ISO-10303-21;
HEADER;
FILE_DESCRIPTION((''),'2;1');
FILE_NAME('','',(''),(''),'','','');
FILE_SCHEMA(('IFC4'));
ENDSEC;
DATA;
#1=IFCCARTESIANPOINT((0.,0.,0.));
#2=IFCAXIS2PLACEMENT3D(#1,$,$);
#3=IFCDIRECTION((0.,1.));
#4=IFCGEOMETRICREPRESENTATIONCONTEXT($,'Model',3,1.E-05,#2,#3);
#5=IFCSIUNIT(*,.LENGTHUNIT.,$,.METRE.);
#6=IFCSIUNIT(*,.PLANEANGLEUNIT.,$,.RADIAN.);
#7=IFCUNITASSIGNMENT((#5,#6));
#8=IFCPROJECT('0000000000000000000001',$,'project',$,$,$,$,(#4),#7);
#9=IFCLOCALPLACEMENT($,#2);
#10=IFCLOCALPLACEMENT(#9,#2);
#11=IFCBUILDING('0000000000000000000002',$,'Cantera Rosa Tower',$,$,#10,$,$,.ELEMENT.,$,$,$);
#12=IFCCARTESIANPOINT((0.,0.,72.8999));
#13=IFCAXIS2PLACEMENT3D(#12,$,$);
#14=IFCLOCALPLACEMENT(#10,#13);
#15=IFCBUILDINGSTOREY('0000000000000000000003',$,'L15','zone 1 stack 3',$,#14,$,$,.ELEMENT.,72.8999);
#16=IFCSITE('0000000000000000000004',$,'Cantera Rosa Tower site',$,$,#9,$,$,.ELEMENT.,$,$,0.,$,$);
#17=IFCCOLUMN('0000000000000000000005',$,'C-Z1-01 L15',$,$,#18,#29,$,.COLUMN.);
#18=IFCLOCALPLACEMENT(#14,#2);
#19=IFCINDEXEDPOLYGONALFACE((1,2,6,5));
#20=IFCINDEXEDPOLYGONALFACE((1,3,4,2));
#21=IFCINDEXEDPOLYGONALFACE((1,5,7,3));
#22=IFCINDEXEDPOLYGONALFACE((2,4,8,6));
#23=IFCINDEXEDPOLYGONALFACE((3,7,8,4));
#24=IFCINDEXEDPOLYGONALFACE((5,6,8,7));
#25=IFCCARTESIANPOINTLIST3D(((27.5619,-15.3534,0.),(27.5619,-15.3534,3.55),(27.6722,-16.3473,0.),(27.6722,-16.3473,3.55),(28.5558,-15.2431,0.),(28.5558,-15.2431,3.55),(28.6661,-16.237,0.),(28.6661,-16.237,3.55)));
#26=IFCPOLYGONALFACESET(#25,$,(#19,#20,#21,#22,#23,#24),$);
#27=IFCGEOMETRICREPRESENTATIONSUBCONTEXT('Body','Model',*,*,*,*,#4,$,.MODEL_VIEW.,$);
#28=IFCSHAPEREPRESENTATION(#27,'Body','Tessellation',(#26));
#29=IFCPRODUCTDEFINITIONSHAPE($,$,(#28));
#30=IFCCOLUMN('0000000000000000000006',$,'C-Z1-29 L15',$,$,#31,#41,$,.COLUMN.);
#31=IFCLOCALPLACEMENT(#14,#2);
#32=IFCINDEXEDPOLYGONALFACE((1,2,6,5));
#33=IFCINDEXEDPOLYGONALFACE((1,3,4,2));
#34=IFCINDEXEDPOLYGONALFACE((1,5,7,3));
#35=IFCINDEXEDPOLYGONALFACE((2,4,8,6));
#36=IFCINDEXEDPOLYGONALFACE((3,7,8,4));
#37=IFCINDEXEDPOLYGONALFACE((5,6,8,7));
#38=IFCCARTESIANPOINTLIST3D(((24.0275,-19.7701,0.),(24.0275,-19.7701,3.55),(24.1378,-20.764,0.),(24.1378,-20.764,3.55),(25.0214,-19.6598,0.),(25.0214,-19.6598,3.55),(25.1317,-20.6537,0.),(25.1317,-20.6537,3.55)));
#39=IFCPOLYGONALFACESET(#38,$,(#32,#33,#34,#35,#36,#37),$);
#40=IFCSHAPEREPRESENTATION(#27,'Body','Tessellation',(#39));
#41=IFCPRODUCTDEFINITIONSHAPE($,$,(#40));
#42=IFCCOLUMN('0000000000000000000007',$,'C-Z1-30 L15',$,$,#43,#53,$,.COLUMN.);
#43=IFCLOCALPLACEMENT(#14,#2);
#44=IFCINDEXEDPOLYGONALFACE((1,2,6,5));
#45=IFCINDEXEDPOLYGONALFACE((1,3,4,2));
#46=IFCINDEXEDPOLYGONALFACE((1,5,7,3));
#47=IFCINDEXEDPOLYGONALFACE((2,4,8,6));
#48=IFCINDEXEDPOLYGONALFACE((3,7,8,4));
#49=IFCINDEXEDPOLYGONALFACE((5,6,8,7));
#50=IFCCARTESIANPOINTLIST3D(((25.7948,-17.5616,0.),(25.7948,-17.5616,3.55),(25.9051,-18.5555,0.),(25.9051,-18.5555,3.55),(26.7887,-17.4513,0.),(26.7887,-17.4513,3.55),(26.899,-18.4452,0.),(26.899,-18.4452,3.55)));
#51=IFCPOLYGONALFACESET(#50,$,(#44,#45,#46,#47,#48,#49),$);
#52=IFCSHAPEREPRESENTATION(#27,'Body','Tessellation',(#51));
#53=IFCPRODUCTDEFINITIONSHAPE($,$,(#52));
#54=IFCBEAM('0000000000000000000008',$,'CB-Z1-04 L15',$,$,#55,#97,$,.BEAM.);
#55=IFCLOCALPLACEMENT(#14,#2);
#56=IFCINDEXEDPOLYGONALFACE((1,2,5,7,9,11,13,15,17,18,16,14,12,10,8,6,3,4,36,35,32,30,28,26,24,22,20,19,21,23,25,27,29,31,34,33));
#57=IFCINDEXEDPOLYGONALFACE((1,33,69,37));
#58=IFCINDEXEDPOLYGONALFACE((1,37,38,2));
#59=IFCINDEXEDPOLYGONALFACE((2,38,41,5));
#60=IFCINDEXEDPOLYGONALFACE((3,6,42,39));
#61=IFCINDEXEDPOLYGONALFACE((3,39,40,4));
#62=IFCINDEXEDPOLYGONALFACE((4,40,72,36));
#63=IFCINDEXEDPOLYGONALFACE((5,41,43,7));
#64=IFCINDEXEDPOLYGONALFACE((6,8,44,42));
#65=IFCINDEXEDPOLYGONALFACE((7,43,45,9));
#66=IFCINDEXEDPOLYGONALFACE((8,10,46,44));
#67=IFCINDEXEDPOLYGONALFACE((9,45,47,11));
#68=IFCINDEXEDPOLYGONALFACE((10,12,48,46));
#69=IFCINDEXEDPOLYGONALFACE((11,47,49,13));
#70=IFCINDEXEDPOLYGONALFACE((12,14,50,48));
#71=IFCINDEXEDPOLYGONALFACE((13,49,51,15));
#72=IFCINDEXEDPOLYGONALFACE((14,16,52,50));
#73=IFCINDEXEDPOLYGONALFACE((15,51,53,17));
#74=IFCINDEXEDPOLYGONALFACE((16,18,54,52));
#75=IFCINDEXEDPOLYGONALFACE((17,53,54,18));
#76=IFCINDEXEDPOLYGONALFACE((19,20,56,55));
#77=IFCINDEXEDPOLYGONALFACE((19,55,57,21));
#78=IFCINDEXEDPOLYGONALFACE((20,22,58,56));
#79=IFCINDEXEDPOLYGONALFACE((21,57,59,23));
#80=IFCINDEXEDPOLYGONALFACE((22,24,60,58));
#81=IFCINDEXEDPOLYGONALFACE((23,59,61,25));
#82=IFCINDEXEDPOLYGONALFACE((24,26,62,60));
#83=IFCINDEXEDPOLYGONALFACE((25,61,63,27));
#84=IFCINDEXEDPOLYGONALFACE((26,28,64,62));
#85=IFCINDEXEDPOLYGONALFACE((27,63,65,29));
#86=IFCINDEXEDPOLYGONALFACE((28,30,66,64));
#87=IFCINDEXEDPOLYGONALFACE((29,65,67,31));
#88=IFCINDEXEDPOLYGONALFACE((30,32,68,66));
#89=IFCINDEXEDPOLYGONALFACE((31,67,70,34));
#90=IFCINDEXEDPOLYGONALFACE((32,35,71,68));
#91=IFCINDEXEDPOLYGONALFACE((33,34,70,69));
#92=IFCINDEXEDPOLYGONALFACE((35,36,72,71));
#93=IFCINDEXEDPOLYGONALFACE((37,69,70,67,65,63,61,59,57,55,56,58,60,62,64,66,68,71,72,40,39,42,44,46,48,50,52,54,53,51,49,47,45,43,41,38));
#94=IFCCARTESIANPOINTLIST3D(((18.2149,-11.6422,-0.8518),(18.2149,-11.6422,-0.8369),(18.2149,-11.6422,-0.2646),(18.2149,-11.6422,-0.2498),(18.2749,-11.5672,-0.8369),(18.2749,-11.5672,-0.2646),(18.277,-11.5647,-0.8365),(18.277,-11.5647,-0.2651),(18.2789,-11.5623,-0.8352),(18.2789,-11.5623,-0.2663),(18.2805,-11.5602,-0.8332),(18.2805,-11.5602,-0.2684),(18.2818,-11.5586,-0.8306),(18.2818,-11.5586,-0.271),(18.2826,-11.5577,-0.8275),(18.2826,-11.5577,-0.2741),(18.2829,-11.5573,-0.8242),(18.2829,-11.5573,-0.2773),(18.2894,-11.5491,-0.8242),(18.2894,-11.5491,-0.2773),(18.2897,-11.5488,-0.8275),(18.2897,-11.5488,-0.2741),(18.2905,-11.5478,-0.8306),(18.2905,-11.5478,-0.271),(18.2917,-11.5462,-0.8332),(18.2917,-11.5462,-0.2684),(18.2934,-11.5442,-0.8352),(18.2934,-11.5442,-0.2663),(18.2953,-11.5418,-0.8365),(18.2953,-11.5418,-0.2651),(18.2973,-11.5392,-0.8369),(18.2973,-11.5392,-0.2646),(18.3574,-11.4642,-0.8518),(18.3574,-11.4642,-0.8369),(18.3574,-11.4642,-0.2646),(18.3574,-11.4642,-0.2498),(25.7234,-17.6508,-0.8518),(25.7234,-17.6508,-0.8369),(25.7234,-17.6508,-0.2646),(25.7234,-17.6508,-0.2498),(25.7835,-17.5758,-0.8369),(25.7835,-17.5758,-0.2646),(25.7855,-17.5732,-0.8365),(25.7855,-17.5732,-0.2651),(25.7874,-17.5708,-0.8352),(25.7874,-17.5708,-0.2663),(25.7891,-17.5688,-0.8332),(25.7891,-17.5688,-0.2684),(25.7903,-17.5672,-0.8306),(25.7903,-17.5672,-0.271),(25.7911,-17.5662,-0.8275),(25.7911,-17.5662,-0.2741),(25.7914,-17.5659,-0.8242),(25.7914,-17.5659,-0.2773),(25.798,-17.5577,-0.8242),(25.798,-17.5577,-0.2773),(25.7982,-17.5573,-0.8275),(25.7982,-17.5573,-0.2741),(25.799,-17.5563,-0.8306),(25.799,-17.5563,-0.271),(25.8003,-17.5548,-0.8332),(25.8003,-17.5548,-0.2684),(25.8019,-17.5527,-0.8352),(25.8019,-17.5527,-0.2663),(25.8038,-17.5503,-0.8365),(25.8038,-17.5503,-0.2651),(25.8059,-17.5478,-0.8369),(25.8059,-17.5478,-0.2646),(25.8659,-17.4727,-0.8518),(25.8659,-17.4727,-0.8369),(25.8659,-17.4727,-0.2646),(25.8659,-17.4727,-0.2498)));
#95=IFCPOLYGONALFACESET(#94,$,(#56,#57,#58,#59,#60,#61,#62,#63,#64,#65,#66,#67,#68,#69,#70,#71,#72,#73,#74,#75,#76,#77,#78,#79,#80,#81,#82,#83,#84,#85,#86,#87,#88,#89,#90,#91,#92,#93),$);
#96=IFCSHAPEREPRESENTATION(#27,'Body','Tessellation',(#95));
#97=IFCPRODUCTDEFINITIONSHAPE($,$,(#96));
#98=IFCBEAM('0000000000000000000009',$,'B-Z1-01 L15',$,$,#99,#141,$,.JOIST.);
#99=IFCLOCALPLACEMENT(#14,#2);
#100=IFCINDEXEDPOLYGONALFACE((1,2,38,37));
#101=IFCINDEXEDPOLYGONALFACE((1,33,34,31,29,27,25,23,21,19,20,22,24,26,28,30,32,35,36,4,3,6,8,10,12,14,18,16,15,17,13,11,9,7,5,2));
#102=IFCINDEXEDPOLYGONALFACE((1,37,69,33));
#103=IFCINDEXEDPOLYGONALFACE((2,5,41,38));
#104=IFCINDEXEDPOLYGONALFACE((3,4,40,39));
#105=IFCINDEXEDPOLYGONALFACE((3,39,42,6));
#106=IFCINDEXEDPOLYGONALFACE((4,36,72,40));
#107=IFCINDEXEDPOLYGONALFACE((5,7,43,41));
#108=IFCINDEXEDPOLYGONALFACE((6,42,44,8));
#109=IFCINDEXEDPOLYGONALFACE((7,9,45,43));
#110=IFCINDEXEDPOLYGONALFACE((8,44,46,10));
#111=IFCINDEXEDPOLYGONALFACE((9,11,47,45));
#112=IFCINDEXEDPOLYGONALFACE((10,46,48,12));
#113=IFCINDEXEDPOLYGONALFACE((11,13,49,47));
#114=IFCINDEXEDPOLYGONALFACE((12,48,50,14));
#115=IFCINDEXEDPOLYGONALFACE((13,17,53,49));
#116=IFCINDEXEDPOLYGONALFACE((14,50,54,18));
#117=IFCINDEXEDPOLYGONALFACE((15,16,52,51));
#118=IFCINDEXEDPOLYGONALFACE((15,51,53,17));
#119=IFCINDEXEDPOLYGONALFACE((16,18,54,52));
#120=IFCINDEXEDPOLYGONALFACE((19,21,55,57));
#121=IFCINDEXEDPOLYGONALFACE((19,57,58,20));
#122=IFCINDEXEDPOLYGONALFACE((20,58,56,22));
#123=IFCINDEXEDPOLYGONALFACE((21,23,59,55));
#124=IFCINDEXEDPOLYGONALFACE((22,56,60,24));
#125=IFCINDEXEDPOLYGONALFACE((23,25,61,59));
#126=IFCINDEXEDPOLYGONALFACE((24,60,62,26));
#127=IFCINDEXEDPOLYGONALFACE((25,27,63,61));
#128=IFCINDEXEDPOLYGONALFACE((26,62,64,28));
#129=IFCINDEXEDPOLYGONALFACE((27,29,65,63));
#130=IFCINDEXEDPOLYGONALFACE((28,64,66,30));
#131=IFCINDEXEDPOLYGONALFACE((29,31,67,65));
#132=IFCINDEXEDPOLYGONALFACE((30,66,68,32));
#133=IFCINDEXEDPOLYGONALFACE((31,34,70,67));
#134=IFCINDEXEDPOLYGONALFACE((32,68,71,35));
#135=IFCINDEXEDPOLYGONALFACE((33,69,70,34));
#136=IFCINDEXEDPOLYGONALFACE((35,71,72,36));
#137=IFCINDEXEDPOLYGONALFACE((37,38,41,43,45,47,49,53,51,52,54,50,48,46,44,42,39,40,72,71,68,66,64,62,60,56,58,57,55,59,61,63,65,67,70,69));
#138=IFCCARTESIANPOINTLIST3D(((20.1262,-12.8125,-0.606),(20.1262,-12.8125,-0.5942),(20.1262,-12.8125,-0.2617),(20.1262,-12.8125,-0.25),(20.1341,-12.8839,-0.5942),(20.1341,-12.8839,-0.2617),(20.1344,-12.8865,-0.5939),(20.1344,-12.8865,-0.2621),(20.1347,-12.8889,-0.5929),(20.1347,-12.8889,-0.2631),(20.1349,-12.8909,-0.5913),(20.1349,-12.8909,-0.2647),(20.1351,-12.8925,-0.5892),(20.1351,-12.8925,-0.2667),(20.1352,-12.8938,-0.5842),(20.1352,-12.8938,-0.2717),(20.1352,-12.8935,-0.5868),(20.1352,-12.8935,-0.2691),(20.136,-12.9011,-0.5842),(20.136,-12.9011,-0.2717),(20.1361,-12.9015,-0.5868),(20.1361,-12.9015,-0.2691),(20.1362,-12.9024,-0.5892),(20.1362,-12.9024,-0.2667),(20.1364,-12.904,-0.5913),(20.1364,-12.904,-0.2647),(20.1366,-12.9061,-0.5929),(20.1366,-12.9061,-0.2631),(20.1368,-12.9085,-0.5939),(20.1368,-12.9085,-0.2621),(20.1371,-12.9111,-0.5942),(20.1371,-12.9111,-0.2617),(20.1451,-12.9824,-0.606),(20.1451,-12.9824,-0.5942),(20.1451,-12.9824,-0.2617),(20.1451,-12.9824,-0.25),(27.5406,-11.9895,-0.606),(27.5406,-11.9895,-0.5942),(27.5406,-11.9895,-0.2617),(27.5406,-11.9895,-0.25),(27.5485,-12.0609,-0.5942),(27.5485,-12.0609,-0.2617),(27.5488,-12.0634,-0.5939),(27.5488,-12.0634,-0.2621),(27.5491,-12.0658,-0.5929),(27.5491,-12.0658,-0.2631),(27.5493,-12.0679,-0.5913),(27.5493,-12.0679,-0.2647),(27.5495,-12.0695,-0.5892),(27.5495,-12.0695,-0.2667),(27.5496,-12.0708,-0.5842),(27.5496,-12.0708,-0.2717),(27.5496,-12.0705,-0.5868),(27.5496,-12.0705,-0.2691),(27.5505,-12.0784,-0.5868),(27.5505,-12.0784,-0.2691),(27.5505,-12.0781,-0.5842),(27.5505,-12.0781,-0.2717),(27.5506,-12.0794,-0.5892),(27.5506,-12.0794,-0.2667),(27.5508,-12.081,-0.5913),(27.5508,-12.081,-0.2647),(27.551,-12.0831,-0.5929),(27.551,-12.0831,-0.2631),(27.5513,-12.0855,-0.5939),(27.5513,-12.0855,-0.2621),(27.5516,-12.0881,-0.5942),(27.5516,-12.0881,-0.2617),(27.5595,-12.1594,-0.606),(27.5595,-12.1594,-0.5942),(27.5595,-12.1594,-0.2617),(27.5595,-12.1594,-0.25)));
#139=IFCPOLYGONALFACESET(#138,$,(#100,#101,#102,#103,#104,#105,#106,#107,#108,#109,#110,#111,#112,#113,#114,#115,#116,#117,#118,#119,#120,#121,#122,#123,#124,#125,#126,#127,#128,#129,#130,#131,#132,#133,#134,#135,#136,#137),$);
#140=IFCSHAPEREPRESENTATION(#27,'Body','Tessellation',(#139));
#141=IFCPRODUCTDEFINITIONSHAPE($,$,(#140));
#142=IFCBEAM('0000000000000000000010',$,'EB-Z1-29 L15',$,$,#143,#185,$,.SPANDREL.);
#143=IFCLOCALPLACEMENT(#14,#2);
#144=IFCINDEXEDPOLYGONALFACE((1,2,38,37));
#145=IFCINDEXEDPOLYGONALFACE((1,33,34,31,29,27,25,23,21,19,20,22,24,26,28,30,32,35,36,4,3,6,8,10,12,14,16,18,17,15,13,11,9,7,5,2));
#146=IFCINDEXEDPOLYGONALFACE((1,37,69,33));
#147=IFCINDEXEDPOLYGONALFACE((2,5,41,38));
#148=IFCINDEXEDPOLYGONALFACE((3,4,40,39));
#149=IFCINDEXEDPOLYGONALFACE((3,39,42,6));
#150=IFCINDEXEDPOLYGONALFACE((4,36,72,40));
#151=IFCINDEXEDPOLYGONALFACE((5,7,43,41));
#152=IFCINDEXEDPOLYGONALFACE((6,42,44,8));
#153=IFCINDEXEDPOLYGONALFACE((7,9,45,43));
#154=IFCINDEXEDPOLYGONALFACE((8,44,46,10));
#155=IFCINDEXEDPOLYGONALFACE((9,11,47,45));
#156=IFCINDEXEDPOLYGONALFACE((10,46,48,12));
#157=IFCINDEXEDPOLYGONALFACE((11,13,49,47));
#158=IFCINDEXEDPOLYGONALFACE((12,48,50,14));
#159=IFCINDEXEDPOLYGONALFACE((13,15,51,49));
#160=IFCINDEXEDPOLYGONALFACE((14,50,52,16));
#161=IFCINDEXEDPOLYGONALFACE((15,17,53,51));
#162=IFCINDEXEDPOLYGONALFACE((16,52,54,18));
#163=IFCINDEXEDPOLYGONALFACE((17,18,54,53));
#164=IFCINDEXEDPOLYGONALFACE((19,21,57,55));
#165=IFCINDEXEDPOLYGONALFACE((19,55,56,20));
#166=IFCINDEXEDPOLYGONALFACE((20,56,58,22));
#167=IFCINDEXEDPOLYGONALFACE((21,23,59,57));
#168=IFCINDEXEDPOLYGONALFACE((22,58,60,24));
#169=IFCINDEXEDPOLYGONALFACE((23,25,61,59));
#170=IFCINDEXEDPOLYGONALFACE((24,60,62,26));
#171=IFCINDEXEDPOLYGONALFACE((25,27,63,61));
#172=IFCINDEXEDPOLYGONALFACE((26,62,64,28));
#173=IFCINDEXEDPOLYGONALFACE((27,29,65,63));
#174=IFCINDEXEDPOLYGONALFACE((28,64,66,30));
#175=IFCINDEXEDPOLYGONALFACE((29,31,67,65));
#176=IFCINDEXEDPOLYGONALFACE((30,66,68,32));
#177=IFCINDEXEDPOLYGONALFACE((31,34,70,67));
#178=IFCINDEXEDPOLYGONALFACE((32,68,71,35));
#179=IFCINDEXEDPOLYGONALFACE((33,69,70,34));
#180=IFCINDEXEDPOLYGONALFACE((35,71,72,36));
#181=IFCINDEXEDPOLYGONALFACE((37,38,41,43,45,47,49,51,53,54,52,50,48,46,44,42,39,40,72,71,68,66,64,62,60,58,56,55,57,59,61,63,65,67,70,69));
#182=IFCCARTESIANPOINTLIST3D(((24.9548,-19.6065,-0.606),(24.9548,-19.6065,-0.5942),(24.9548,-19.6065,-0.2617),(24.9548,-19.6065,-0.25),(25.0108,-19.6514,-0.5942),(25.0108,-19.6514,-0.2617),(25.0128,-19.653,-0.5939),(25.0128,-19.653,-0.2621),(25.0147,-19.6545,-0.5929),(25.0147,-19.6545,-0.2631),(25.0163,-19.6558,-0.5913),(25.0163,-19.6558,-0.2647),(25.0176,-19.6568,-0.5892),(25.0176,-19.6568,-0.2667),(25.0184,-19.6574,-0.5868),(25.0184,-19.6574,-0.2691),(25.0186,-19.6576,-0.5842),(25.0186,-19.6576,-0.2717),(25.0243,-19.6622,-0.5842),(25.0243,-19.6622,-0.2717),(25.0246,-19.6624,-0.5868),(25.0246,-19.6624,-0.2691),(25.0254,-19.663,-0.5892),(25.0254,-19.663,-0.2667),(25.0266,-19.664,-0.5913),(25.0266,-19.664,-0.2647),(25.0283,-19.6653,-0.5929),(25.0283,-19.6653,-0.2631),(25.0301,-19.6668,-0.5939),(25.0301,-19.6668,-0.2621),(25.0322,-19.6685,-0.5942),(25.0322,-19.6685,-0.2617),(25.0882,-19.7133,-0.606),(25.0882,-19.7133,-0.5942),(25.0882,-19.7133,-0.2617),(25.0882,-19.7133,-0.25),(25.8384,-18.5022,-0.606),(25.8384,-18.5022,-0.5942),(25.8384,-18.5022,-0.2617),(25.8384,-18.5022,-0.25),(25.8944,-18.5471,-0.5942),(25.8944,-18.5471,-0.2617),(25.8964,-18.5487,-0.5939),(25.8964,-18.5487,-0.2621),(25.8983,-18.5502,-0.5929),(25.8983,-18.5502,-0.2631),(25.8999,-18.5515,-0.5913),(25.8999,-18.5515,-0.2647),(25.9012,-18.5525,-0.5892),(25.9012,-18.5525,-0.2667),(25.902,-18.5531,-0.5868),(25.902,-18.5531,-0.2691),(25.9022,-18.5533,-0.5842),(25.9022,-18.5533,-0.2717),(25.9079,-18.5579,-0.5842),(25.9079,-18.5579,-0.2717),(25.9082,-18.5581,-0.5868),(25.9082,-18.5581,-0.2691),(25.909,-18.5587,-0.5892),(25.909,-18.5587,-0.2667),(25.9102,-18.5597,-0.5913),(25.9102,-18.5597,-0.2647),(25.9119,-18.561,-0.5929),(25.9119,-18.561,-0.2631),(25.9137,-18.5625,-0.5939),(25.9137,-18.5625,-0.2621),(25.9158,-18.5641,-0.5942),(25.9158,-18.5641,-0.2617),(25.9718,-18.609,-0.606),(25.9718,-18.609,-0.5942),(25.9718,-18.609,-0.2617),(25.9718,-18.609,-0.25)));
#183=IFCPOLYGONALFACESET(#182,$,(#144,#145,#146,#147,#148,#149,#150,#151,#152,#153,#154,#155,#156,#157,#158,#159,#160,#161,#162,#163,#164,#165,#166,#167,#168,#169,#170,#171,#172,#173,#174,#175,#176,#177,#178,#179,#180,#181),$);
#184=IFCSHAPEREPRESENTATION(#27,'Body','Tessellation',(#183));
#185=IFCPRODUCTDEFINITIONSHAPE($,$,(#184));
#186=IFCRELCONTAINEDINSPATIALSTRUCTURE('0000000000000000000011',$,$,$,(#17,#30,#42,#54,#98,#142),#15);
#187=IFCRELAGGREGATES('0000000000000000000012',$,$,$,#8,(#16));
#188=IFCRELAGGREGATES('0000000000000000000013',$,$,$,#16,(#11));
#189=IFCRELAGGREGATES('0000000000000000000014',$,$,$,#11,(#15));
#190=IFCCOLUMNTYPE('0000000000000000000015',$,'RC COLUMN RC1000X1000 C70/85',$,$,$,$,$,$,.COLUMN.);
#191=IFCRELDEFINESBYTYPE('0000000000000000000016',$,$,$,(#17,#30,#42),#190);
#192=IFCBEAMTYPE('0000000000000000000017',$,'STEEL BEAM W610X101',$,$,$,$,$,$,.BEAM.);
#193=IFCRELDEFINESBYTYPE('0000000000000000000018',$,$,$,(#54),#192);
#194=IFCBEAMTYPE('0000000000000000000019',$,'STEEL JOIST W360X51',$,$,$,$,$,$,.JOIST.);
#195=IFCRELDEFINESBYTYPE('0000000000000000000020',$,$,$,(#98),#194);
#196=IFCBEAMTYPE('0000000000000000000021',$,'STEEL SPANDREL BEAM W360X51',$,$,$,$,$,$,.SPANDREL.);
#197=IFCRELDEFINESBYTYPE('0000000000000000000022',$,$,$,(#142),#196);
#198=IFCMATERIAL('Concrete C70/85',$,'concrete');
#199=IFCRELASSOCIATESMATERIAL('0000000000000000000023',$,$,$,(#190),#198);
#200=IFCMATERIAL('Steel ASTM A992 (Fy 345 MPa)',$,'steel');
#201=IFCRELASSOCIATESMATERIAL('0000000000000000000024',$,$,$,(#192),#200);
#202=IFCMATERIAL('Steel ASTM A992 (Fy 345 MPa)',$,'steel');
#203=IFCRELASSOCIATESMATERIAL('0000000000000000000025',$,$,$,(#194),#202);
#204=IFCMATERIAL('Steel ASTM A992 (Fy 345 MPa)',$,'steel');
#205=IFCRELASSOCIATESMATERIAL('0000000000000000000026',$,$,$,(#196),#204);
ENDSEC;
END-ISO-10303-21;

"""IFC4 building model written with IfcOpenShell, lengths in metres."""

from ifc_helpers import new_model, si_unit, direction, frame, origin, origin_2d, place, context, subcontext, project, spatial, rectangle, i_section, extrude, material, material_profile, profile_set, type_object, element, save


model = new_model("IFC4")

# Units and contexts
model_context = context("Model", 3, precision=1e-05, world=origin(), true_north=direction((0.0, 1.0)))
body_context = subcontext(model_context, "Body", "Model", "MODEL_VIEW")
ifc_project = project(units=[si_unit("LENGTHUNIT", "METRE"), si_unit("PLANEANGLEUNIT", "RADIAN")], contexts=[model_context])

# Site, building, storey
site_placement = place(None, origin())
site = spatial("IfcSite", under=ifc_project, at=site_placement, Name="Cantera Rosa Tower site", CompositionType="ELEMENT", RefElevation=0.0)
building_placement = place(site_placement, origin())
building = spatial("IfcBuilding", under=site, at=building_placement, Name="Cantera Rosa Tower", CompositionType="ELEMENT")
storey_placement = place(building_placement, frame((0.0, 0.0, 72.8999)))
storey = spatial("IfcBuildingStorey", under=building, at=storey_placement, Name="L15", Description="zone 1 stack 3", CompositionType="ELEMENT", Elevation=72.8999)

# Columns
ifc_material_1 = material(Name="Concrete C70/85", Category="concrete")
ifc_material_profile_1 = material_profile(ifc_material_1, rectangle(XDim=1.0, YDim=1.0, at=origin_2d()), Name="RC COLUMN RC1000X1000 C70/85")
ifc_profile_set_1 = profile_set([ifc_material_profile_1], Name="Concrete C70/85")
column_type = type_object("IfcColumnType", Name="RC COLUMN RC1000X1000 C70/85", PredefinedType="COLUMN", material=ifc_profile_set_1)
for number, where, z_axis, x_axis, name in (
    (1, (28.114, -15.7952, 0.0), (0.0, 0.0, 1.0), (0.993897, 0.110313, 0.0), "C-Z1-01 L15"),
    (2, (24.5796, -20.2119, 0.0), (0.0, 0.0, 1.0), (0.993897, 0.110313, 0.0), "C-Z1-29 L15"),
    (3, (26.3469, -18.0034, 0.0), (0.0, 0.0, 1.0), (0.993897, 0.110313, 0.0), "C-Z1-30 L15"),
):
    element("IfcColumn", number, at=place(storey_placement, frame(where, z_axis=z_axis, x_axis=x_axis)), inside=storey, type_object=column_type, Name=name, PredefinedType="COLUMN", context=body_context, shape_type="SweptSolid", body=[
        extrude(rectangle(XDim=1.0, YDim=1.0, at=origin_2d()), origin(), (0.0, 0.0, 1.0), 3.55),
    ])

# Beams
ifc_material_2 = material(Name="Steel ASTM A992 (Fy 345 MPa)", Category="steel")
ifc_material_profile_2 = material_profile(ifc_material_2, i_section(OverallWidth=0.228, OverallDepth=0.6021, WebThickness=0.0105, FlangeThickness=0.0149, FilletRadius=0.0127, at=origin_2d()), Name="W610X101")
ifc_profile_set_2 = profile_set([ifc_material_profile_2], Name="Steel ASTM A992 (Fy 345 MPa)")
beam_type_1 = type_object("IfcBeamType", Name="STEEL BEAM W610X101", PredefinedType="BEAM", material=ifc_profile_set_2)
beam_1_placement = place(storey_placement, frame((25.7947, -17.5618, -0.5508), z_axis=(-0.780782, 0.624803, 0.0), x_axis=(-0.624803, -0.780782, 0.0)))
element("IfcBeam", 4, at=beam_1_placement, inside=storey, type_object=beam_type_1, Name="CB-Z1-04 L15", PredefinedType="BEAM", context=body_context, shape_type="SweptSolid", body=[
    extrude(i_section(OverallWidth=0.228, OverallDepth=0.6021, WebThickness=0.0105, FlangeThickness=0.0149, FilletRadius=0.0127, at=origin_2d()), origin(), (0.0, 0.0, 1.0), 9.6167),
])
ifc_material_3 = material(Name="Steel ASTM A992 (Fy 345 MPa)", Category="steel")
ifc_material_profile_3 = material_profile(ifc_material_3, i_section(OverallWidth=0.1709, OverallDepth=0.356, WebThickness=0.0073, FlangeThickness=0.0117, FilletRadius=0.01, at=origin_2d()), Name="W360X51")
ifc_profile_set_3 = profile_set([ifc_material_profile_3], Name="Steel ASTM A992 (Fy 345 MPa)")
beam_type_2 = type_object("IfcBeamType", Name="STEEL JOIST W360X51", PredefinedType="JOIST", material=ifc_profile_set_3)
beam_2_placement = place(storey_placement, frame((27.55, -12.0745, -0.428), z_axis=(-0.993896, -0.110324, 0.0), x_axis=(0.110324, -0.993896, 0.0)))
element("IfcBeam", 5, at=beam_2_placement, inside=storey, type_object=beam_type_2, Name="B-Z1-01 L15", PredefinedType="JOIST", context=body_context, shape_type="SweptSolid", body=[
    extrude(i_section(OverallWidth=0.1709, OverallDepth=0.356, WebThickness=0.0073, FlangeThickness=0.0117, FilletRadius=0.01, at=origin_2d()), origin(), (0.0, 0.0, 1.0), 7.46),
])
ifc_material_4 = material(Name="Steel ASTM A992 (Fy 345 MPa)", Category="steel")
ifc_material_profile_4 = material_profile(ifc_material_4, i_section(OverallWidth=0.1709, OverallDepth=0.356, WebThickness=0.0073, FlangeThickness=0.0117, FilletRadius=0.01, at=origin_2d()), Name="W360X51")
ifc_profile_set_4 = profile_set([ifc_material_profile_4], Name="Steel ASTM A992 (Fy 345 MPa)")
beam_type_3 = type_object("IfcBeamType", Name="STEEL SPANDREL BEAM W360X51", PredefinedType="SPANDREL", material=ifc_profile_set_4)
for number, where, z_axis, x_axis, name in (
    (6, (25.0215, -19.6599, -0.428), (0.624758, 0.780818, 0.0), (-0.780818, 0.624758, 0.0), "EB-Z1-29 L15"),
):
    element("IfcBeam", number, at=place(storey_placement, frame(where, z_axis=z_axis, x_axis=x_axis)), inside=storey, type_object=beam_type_3, Name=name, PredefinedType="SPANDREL", context=body_context, shape_type="SweptSolid", body=[
        extrude(i_section(OverallWidth=0.1709, OverallDepth=0.356, WebThickness=0.0073, FlangeThickness=0.0117, FilletRadius=0.01, at=origin_2d()), origin(), (0.0, 0.0, 1.0), 1.4143),
    ])

save(model, "model.ifc")
